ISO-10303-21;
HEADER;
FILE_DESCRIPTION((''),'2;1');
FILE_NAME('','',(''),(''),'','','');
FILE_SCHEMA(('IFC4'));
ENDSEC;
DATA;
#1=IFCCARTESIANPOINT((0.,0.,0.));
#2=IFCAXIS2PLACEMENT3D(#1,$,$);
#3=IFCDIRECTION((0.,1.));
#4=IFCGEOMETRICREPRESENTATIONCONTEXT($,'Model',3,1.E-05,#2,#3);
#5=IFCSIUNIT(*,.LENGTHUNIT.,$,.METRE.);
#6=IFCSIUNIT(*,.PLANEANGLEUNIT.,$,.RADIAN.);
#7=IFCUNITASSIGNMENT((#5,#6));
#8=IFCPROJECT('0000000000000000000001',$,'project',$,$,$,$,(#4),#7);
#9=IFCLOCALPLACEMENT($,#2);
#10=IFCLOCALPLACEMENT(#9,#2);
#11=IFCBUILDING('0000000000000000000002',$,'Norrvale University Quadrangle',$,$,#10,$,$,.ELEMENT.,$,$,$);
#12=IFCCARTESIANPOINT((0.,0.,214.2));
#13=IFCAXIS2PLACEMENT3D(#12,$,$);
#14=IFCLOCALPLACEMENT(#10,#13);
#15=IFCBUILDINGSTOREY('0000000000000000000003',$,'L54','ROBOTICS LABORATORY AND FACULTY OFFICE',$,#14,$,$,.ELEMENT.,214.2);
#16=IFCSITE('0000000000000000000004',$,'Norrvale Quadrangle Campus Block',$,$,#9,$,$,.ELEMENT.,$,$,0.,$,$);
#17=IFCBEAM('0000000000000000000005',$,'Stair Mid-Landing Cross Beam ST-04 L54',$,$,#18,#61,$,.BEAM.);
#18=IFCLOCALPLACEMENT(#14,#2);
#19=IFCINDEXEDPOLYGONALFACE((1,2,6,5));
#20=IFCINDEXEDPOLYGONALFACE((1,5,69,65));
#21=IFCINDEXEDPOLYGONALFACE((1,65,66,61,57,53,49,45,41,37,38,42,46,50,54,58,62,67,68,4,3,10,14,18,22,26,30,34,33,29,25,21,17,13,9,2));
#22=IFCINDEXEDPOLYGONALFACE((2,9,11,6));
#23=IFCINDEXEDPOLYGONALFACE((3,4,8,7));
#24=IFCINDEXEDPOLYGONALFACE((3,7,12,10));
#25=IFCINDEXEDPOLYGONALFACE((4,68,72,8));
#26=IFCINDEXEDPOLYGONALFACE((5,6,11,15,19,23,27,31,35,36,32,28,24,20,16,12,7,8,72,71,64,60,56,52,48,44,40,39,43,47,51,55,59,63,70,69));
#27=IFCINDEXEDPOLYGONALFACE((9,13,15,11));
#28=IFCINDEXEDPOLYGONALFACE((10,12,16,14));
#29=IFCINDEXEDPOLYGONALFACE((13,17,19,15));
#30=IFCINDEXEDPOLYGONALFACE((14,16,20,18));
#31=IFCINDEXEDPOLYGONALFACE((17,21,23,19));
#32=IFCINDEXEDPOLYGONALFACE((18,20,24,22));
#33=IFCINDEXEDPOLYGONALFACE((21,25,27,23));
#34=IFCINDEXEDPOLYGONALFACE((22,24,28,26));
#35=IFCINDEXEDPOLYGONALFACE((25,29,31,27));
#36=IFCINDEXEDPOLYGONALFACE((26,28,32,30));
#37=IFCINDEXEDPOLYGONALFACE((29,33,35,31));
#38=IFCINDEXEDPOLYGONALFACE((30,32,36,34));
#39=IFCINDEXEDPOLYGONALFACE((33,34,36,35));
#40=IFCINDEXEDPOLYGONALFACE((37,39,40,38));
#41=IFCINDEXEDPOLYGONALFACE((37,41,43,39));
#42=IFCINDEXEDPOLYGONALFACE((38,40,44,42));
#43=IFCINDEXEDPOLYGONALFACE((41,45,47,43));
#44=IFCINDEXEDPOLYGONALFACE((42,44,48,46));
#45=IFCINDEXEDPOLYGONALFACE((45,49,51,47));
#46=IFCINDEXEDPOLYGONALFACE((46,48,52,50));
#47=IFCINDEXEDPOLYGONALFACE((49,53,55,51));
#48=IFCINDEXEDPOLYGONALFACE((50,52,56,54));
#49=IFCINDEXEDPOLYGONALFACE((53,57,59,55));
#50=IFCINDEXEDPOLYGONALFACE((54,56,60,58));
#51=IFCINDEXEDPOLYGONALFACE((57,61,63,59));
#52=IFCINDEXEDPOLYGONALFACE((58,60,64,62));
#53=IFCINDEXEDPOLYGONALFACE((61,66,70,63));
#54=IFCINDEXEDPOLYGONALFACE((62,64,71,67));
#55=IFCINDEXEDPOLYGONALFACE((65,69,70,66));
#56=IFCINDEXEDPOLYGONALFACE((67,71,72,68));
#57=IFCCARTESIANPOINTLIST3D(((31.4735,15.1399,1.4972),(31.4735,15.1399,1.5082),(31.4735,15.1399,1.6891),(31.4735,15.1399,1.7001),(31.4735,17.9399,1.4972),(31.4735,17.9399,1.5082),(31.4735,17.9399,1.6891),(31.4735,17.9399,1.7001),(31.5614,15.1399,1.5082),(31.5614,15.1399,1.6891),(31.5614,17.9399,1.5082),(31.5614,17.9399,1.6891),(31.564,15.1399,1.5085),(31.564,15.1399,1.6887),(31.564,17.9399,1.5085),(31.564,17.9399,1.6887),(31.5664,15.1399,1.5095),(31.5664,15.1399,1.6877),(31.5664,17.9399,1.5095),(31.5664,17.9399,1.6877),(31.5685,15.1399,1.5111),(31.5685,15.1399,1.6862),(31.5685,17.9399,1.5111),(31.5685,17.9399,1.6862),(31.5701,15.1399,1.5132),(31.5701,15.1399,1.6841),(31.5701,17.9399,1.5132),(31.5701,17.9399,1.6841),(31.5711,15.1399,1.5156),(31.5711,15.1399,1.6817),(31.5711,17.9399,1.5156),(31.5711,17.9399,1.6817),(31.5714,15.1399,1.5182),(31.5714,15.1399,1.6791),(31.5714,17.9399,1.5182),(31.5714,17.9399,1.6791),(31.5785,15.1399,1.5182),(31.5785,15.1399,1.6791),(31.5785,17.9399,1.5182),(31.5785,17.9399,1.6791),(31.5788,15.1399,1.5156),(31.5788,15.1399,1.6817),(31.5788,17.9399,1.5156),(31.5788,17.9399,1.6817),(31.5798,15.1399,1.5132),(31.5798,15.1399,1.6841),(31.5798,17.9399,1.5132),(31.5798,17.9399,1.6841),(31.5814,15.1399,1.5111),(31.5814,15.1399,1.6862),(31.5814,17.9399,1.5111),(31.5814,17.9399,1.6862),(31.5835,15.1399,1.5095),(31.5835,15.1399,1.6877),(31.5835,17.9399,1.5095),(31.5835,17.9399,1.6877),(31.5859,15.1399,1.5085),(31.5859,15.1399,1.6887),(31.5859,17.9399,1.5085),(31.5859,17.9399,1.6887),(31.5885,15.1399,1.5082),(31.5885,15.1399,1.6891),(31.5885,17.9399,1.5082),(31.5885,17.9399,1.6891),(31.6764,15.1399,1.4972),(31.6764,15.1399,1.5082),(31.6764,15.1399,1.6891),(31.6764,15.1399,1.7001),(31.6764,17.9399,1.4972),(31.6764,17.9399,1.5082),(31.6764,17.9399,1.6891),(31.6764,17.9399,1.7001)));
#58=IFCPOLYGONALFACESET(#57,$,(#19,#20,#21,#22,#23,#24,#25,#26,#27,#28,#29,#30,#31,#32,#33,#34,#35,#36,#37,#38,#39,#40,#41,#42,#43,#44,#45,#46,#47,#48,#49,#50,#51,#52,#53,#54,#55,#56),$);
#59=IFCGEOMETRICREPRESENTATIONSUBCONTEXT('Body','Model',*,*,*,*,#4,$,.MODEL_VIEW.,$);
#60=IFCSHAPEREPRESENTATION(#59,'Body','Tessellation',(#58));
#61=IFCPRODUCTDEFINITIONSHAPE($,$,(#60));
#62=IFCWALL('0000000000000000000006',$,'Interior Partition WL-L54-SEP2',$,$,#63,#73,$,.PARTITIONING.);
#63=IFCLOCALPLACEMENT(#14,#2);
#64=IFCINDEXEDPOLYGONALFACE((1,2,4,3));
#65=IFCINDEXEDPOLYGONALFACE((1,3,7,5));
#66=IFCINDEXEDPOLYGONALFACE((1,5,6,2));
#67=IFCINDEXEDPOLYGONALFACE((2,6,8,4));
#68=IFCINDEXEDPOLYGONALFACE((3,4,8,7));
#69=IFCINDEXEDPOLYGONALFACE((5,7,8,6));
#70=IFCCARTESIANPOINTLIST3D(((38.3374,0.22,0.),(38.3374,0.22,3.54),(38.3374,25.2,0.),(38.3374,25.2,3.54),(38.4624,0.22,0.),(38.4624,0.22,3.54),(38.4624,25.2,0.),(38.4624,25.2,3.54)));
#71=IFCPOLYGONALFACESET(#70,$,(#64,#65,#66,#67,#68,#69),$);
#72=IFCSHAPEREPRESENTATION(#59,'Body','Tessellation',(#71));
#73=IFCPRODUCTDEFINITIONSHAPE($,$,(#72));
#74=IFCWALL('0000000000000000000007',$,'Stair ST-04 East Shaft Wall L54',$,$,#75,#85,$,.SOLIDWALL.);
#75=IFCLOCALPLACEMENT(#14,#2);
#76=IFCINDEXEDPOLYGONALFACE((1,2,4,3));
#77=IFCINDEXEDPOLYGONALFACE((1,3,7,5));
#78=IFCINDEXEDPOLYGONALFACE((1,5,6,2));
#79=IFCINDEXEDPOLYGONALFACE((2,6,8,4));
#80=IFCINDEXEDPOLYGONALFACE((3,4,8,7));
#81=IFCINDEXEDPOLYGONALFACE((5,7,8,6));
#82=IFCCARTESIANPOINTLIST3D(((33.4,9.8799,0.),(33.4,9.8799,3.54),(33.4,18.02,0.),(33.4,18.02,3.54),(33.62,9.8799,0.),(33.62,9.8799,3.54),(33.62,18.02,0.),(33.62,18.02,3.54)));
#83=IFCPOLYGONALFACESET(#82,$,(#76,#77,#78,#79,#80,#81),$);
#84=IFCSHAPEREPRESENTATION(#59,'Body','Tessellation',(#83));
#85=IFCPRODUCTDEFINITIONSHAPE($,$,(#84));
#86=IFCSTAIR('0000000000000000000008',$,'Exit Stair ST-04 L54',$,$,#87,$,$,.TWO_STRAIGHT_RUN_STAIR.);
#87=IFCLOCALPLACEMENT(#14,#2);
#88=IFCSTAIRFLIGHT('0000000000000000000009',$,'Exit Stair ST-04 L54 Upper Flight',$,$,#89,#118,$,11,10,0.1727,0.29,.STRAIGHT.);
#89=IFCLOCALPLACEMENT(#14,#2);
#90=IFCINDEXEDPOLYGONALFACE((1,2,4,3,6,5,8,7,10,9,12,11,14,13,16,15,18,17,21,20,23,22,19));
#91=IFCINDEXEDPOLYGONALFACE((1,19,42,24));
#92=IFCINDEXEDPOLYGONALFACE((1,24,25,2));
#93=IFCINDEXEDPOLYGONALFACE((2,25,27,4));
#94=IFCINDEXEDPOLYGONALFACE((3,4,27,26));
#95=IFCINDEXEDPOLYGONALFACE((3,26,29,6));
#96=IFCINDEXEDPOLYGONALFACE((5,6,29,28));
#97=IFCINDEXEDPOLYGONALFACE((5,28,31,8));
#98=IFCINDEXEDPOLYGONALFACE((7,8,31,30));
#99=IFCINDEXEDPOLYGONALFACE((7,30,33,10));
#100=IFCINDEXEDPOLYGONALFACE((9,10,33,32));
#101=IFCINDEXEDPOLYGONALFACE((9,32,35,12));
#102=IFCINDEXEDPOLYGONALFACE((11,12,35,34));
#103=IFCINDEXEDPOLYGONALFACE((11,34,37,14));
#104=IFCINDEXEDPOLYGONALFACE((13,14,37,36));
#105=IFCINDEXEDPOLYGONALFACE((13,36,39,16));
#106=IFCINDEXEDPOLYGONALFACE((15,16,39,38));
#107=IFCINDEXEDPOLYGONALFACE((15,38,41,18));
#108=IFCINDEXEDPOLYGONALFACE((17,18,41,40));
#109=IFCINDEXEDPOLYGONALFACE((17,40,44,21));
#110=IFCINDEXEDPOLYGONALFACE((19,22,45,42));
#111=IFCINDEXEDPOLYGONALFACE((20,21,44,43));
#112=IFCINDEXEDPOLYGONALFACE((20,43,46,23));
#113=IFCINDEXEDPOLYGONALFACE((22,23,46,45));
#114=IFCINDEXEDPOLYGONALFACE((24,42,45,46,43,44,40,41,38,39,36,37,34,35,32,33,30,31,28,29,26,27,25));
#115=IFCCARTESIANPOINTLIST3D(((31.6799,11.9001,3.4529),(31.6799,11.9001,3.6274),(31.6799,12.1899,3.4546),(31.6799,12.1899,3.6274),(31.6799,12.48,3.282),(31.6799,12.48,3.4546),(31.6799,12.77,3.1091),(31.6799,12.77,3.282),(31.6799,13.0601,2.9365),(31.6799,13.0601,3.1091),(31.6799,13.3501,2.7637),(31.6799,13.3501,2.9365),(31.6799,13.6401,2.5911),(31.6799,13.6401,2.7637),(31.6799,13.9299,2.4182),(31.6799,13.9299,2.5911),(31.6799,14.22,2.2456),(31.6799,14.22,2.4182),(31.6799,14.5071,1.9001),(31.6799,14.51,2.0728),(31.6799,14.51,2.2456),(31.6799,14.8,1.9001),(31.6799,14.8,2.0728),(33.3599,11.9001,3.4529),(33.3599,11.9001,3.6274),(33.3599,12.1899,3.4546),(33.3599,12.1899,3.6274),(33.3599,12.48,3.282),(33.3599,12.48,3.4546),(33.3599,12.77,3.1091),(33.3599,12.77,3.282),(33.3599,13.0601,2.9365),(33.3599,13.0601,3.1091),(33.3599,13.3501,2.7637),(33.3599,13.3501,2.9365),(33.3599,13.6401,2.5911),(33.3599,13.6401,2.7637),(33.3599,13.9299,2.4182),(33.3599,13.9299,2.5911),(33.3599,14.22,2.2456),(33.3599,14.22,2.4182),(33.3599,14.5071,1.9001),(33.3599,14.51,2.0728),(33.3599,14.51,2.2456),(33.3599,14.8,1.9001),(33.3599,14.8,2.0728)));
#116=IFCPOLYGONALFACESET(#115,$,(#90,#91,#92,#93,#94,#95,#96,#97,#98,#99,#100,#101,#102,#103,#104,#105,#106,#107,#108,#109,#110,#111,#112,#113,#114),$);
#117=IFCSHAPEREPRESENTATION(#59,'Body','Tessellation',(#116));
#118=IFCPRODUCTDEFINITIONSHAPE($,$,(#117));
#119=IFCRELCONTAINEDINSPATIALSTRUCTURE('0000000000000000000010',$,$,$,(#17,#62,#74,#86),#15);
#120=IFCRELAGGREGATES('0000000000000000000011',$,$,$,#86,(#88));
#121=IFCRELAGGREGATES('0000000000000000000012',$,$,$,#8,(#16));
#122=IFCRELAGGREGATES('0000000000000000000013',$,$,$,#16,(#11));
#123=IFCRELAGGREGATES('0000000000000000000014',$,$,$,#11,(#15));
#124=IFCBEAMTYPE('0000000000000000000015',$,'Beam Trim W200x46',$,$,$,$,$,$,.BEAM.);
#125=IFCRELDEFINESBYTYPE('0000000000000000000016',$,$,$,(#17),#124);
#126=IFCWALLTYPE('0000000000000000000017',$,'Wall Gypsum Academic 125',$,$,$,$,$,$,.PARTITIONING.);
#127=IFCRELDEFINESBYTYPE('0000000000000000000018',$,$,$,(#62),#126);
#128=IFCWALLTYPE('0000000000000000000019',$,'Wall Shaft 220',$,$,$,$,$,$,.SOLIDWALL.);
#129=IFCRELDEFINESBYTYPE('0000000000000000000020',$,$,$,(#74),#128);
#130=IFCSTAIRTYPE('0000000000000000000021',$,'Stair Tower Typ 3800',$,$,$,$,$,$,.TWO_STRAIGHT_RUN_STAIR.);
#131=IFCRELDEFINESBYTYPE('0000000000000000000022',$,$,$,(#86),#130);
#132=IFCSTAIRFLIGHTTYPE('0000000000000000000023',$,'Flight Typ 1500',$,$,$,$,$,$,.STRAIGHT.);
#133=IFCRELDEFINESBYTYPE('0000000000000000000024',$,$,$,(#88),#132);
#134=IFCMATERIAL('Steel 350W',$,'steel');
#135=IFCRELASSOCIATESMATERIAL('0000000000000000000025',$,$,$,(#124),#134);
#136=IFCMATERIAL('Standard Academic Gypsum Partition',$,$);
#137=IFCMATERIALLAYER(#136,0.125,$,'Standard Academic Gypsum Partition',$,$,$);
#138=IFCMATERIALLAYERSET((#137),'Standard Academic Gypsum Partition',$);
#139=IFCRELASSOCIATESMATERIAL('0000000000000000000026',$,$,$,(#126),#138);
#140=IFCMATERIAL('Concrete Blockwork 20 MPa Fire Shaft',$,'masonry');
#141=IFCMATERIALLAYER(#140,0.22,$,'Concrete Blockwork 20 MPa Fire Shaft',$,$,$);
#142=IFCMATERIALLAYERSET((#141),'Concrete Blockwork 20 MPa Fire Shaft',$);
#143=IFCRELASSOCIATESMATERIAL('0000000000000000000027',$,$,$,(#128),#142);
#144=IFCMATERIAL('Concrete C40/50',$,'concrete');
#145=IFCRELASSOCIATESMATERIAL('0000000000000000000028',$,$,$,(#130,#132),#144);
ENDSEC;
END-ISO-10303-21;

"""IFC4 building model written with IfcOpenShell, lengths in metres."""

from ifc_helpers import new_model, si_unit, direction, frame, frame_2d, origin, origin_2d, place, context, subcontext, project, spatial, polyline, rectangle, i_section, outline, extrude, material, layer, layer_set, material_profile, profile_set, type_object, element, aggregate, save


model = new_model("IFC4")

# Units and contexts
model_context = context("Model", 3, precision=1e-05, world=origin(), true_north=direction((0.0, 1.0)))
body_context = subcontext(model_context, "Body", "Model", "MODEL_VIEW")
ifc_project = project(units=[si_unit("LENGTHUNIT", "METRE"), si_unit("PLANEANGLEUNIT", "RADIAN")], contexts=[model_context])

# Site, building, storey
site_placement = place(None, origin())
site = spatial("IfcSite", under=ifc_project, at=site_placement, Name="Norrvale Quadrangle Campus Block", CompositionType="ELEMENT", RefElevation=0.0)
building_placement = place(site_placement, origin())
building = spatial("IfcBuilding", under=site, at=building_placement, Name="Norrvale University Quadrangle", CompositionType="ELEMENT")
storey_placement = place(building_placement, frame((0.0, 0.0, 214.2)))
storey = spatial("IfcBuildingStorey", under=building, at=storey_placement, Name="L54", Description="ROBOTICS LABORATORY AND FACULTY OFFICE", CompositionType="ELEMENT", Elevation=214.2)

# Beam
ifc_material_1 = material(Name="Steel 350W", Category="steel")
ifc_material_profile_1 = material_profile(ifc_material_1, i_section(OverallWidth=0.2029, OverallDepth=0.2029, WebThickness=0.0071, FlangeThickness=0.011, FilletRadius=0.01, at=origin_2d()), Name="Steel 350W")
ifc_profile_set_1 = profile_set([ifc_material_profile_1], Name="Steel 350W")
beam_type_1 = type_object("IfcBeamType", Name="Beam Trim W200x46", PredefinedType="BEAM", material=ifc_profile_set_1)
beam_1_placement = place(storey_placement, frame((31.575, 15.1399, 1.5986), z_axis=(0.0, 1.0, 0.0), x_axis=(-1.0, 0.0, 0.0)))
element("IfcBeam", 1, at=beam_1_placement, inside=storey, type_object=beam_type_1, Name="Stair Mid-Landing Cross Beam ST-04 L54", PredefinedType="BEAM", context=body_context, shape_type="SweptSolid", body=[
    extrude(i_section(OverallWidth=0.2029, OverallDepth=0.2029, WebThickness=0.0071, FlangeThickness=0.011, FilletRadius=0.01, at=origin_2d()), origin(), (0.0, 0.0, 1.0), 2.8),
])

# Walls
ifc_material_2 = material(Name="Standard Academic Gypsum Partition")
ifc_layer_1 = layer(ifc_material_2, 0.125, Name="Standard Academic Gypsum Partition")
ifc_layer_set_1 = layer_set([ifc_layer_1], Name="Standard Academic Gypsum Partition")
wall_type_1 = type_object("IfcWallType", Name="Wall Gypsum Academic 125", PredefinedType="PARTITIONING", material=ifc_layer_set_1)
wall_1_placement = place(storey_placement, frame((38.3999, 0.22, 0.0), z_axis=(0.0, 0.0, 1.0), x_axis=(0.0, 1.0, 0.0)))
element("IfcWall", 2, at=wall_1_placement, inside=storey, type_object=wall_type_1, Name="Interior Partition WL-L54-SEP2", PredefinedType="PARTITIONING", context=body_context, shape_type="SweptSolid", body=[
    extrude(rectangle(XDim=24.98, YDim=0.125, at=frame_2d((12.49, 0.0))), origin(), (0.0, 0.0, 1.0), 3.54),
])
ifc_material_3 = material(Name="Concrete Blockwork 20 MPa Fire Shaft", Category="masonry")
ifc_layer_2 = layer(ifc_material_3, 0.22, Name="Concrete Blockwork 20 MPa Fire Shaft")
ifc_layer_set_2 = layer_set([ifc_layer_2], Name="Concrete Blockwork 20 MPa Fire Shaft")
wall_type_2 = type_object("IfcWallType", Name="Wall Shaft 220", PredefinedType="SOLIDWALL", material=ifc_layer_set_2)
wall_2_placement = place(storey_placement, frame((33.51, 9.8799, 0.0), z_axis=(0.0, 0.0, 1.0), x_axis=(0.0, 1.0, 0.0)))
element("IfcWall", 3, at=wall_2_placement, inside=storey, type_object=wall_type_2, Name="Stair ST-04 East Shaft Wall L54", PredefinedType="SOLIDWALL", context=body_context, shape_type="SweptSolid", body=[
    extrude(rectangle(XDim=8.1401, YDim=0.22, at=frame_2d((4.0701, 0.0))), origin(), (0.0, 0.0, 1.0), 3.54),
])

# Stair, stair flight
ifc_material_4 = material(Name="Concrete C40/50", Category="concrete")
stair_type = type_object("IfcStairType", Name="Stair Tower Typ 3800", PredefinedType="TWO_STRAIGHT_RUN_STAIR", material=ifc_material_4)
stair_placement = place(storey_placement, origin())
stair = element("IfcStair", 4, at=stair_placement, inside=storey, type_object=stair_type, Name="Exit Stair ST-04 L54", PredefinedType="TWO_STRAIGHT_RUN_STAIR")
stair_flight_type = type_object("IfcStairFlightType", Name="Flight Typ 1500", PredefinedType="STRAIGHT", material=ifc_material_4)
stair_flight_placement = place(storey_placement, frame((32.52, 14.8, 1.9001), z_axis=(0.0, 0.0, 1.0), x_axis=(0.0, -1.0, 0.0)))
stair_flight = element("IfcStairFlight", 5, at=stair_flight_placement, type_object=stair_flight_type, Name="Exit Stair ST-04 L54 Upper Flight", NumberOfRisers=11, NumberOfTreads=10, PredefinedType="STRAIGHT", RiserHeight=0.1727, TreadLength=0.29, context=body_context, shape_type="SweptSolid", body=[
    extrude(outline(polyline([(0.0, 0.0), (0.0, 0.1726), (0.29, 0.1726), (0.29, 0.3455), (0.5801, 0.3455), (0.5801, 0.5181), (0.8701, 0.5181), (0.8701, 0.6909), (1.1599, 0.6909), (1.1599, 0.8635), (1.45, 0.8635), (1.45, 1.0364), (1.74, 1.0364), (1.74, 1.209), (2.03, 1.209), (2.03, 1.3818), (2.3201, 1.3818), (2.3201, 1.5544), (2.6101, 1.5544), (2.6101, 1.7273), (2.8999, 1.7273), (2.8999, 1.8999), (2.8999, 1.5527), (0.293, 0.0), (0.0, 0.0)])), frame((0.0, 0.8398, 0.0), z_axis=(0.0, -1.0, 0.0), x_axis=(1.0, 0.0, 0.0)), (0.0, 0.0, 1.0), 1.6799),
])
aggregate(stair, [stair_flight])

save(model, "model.ifc")
